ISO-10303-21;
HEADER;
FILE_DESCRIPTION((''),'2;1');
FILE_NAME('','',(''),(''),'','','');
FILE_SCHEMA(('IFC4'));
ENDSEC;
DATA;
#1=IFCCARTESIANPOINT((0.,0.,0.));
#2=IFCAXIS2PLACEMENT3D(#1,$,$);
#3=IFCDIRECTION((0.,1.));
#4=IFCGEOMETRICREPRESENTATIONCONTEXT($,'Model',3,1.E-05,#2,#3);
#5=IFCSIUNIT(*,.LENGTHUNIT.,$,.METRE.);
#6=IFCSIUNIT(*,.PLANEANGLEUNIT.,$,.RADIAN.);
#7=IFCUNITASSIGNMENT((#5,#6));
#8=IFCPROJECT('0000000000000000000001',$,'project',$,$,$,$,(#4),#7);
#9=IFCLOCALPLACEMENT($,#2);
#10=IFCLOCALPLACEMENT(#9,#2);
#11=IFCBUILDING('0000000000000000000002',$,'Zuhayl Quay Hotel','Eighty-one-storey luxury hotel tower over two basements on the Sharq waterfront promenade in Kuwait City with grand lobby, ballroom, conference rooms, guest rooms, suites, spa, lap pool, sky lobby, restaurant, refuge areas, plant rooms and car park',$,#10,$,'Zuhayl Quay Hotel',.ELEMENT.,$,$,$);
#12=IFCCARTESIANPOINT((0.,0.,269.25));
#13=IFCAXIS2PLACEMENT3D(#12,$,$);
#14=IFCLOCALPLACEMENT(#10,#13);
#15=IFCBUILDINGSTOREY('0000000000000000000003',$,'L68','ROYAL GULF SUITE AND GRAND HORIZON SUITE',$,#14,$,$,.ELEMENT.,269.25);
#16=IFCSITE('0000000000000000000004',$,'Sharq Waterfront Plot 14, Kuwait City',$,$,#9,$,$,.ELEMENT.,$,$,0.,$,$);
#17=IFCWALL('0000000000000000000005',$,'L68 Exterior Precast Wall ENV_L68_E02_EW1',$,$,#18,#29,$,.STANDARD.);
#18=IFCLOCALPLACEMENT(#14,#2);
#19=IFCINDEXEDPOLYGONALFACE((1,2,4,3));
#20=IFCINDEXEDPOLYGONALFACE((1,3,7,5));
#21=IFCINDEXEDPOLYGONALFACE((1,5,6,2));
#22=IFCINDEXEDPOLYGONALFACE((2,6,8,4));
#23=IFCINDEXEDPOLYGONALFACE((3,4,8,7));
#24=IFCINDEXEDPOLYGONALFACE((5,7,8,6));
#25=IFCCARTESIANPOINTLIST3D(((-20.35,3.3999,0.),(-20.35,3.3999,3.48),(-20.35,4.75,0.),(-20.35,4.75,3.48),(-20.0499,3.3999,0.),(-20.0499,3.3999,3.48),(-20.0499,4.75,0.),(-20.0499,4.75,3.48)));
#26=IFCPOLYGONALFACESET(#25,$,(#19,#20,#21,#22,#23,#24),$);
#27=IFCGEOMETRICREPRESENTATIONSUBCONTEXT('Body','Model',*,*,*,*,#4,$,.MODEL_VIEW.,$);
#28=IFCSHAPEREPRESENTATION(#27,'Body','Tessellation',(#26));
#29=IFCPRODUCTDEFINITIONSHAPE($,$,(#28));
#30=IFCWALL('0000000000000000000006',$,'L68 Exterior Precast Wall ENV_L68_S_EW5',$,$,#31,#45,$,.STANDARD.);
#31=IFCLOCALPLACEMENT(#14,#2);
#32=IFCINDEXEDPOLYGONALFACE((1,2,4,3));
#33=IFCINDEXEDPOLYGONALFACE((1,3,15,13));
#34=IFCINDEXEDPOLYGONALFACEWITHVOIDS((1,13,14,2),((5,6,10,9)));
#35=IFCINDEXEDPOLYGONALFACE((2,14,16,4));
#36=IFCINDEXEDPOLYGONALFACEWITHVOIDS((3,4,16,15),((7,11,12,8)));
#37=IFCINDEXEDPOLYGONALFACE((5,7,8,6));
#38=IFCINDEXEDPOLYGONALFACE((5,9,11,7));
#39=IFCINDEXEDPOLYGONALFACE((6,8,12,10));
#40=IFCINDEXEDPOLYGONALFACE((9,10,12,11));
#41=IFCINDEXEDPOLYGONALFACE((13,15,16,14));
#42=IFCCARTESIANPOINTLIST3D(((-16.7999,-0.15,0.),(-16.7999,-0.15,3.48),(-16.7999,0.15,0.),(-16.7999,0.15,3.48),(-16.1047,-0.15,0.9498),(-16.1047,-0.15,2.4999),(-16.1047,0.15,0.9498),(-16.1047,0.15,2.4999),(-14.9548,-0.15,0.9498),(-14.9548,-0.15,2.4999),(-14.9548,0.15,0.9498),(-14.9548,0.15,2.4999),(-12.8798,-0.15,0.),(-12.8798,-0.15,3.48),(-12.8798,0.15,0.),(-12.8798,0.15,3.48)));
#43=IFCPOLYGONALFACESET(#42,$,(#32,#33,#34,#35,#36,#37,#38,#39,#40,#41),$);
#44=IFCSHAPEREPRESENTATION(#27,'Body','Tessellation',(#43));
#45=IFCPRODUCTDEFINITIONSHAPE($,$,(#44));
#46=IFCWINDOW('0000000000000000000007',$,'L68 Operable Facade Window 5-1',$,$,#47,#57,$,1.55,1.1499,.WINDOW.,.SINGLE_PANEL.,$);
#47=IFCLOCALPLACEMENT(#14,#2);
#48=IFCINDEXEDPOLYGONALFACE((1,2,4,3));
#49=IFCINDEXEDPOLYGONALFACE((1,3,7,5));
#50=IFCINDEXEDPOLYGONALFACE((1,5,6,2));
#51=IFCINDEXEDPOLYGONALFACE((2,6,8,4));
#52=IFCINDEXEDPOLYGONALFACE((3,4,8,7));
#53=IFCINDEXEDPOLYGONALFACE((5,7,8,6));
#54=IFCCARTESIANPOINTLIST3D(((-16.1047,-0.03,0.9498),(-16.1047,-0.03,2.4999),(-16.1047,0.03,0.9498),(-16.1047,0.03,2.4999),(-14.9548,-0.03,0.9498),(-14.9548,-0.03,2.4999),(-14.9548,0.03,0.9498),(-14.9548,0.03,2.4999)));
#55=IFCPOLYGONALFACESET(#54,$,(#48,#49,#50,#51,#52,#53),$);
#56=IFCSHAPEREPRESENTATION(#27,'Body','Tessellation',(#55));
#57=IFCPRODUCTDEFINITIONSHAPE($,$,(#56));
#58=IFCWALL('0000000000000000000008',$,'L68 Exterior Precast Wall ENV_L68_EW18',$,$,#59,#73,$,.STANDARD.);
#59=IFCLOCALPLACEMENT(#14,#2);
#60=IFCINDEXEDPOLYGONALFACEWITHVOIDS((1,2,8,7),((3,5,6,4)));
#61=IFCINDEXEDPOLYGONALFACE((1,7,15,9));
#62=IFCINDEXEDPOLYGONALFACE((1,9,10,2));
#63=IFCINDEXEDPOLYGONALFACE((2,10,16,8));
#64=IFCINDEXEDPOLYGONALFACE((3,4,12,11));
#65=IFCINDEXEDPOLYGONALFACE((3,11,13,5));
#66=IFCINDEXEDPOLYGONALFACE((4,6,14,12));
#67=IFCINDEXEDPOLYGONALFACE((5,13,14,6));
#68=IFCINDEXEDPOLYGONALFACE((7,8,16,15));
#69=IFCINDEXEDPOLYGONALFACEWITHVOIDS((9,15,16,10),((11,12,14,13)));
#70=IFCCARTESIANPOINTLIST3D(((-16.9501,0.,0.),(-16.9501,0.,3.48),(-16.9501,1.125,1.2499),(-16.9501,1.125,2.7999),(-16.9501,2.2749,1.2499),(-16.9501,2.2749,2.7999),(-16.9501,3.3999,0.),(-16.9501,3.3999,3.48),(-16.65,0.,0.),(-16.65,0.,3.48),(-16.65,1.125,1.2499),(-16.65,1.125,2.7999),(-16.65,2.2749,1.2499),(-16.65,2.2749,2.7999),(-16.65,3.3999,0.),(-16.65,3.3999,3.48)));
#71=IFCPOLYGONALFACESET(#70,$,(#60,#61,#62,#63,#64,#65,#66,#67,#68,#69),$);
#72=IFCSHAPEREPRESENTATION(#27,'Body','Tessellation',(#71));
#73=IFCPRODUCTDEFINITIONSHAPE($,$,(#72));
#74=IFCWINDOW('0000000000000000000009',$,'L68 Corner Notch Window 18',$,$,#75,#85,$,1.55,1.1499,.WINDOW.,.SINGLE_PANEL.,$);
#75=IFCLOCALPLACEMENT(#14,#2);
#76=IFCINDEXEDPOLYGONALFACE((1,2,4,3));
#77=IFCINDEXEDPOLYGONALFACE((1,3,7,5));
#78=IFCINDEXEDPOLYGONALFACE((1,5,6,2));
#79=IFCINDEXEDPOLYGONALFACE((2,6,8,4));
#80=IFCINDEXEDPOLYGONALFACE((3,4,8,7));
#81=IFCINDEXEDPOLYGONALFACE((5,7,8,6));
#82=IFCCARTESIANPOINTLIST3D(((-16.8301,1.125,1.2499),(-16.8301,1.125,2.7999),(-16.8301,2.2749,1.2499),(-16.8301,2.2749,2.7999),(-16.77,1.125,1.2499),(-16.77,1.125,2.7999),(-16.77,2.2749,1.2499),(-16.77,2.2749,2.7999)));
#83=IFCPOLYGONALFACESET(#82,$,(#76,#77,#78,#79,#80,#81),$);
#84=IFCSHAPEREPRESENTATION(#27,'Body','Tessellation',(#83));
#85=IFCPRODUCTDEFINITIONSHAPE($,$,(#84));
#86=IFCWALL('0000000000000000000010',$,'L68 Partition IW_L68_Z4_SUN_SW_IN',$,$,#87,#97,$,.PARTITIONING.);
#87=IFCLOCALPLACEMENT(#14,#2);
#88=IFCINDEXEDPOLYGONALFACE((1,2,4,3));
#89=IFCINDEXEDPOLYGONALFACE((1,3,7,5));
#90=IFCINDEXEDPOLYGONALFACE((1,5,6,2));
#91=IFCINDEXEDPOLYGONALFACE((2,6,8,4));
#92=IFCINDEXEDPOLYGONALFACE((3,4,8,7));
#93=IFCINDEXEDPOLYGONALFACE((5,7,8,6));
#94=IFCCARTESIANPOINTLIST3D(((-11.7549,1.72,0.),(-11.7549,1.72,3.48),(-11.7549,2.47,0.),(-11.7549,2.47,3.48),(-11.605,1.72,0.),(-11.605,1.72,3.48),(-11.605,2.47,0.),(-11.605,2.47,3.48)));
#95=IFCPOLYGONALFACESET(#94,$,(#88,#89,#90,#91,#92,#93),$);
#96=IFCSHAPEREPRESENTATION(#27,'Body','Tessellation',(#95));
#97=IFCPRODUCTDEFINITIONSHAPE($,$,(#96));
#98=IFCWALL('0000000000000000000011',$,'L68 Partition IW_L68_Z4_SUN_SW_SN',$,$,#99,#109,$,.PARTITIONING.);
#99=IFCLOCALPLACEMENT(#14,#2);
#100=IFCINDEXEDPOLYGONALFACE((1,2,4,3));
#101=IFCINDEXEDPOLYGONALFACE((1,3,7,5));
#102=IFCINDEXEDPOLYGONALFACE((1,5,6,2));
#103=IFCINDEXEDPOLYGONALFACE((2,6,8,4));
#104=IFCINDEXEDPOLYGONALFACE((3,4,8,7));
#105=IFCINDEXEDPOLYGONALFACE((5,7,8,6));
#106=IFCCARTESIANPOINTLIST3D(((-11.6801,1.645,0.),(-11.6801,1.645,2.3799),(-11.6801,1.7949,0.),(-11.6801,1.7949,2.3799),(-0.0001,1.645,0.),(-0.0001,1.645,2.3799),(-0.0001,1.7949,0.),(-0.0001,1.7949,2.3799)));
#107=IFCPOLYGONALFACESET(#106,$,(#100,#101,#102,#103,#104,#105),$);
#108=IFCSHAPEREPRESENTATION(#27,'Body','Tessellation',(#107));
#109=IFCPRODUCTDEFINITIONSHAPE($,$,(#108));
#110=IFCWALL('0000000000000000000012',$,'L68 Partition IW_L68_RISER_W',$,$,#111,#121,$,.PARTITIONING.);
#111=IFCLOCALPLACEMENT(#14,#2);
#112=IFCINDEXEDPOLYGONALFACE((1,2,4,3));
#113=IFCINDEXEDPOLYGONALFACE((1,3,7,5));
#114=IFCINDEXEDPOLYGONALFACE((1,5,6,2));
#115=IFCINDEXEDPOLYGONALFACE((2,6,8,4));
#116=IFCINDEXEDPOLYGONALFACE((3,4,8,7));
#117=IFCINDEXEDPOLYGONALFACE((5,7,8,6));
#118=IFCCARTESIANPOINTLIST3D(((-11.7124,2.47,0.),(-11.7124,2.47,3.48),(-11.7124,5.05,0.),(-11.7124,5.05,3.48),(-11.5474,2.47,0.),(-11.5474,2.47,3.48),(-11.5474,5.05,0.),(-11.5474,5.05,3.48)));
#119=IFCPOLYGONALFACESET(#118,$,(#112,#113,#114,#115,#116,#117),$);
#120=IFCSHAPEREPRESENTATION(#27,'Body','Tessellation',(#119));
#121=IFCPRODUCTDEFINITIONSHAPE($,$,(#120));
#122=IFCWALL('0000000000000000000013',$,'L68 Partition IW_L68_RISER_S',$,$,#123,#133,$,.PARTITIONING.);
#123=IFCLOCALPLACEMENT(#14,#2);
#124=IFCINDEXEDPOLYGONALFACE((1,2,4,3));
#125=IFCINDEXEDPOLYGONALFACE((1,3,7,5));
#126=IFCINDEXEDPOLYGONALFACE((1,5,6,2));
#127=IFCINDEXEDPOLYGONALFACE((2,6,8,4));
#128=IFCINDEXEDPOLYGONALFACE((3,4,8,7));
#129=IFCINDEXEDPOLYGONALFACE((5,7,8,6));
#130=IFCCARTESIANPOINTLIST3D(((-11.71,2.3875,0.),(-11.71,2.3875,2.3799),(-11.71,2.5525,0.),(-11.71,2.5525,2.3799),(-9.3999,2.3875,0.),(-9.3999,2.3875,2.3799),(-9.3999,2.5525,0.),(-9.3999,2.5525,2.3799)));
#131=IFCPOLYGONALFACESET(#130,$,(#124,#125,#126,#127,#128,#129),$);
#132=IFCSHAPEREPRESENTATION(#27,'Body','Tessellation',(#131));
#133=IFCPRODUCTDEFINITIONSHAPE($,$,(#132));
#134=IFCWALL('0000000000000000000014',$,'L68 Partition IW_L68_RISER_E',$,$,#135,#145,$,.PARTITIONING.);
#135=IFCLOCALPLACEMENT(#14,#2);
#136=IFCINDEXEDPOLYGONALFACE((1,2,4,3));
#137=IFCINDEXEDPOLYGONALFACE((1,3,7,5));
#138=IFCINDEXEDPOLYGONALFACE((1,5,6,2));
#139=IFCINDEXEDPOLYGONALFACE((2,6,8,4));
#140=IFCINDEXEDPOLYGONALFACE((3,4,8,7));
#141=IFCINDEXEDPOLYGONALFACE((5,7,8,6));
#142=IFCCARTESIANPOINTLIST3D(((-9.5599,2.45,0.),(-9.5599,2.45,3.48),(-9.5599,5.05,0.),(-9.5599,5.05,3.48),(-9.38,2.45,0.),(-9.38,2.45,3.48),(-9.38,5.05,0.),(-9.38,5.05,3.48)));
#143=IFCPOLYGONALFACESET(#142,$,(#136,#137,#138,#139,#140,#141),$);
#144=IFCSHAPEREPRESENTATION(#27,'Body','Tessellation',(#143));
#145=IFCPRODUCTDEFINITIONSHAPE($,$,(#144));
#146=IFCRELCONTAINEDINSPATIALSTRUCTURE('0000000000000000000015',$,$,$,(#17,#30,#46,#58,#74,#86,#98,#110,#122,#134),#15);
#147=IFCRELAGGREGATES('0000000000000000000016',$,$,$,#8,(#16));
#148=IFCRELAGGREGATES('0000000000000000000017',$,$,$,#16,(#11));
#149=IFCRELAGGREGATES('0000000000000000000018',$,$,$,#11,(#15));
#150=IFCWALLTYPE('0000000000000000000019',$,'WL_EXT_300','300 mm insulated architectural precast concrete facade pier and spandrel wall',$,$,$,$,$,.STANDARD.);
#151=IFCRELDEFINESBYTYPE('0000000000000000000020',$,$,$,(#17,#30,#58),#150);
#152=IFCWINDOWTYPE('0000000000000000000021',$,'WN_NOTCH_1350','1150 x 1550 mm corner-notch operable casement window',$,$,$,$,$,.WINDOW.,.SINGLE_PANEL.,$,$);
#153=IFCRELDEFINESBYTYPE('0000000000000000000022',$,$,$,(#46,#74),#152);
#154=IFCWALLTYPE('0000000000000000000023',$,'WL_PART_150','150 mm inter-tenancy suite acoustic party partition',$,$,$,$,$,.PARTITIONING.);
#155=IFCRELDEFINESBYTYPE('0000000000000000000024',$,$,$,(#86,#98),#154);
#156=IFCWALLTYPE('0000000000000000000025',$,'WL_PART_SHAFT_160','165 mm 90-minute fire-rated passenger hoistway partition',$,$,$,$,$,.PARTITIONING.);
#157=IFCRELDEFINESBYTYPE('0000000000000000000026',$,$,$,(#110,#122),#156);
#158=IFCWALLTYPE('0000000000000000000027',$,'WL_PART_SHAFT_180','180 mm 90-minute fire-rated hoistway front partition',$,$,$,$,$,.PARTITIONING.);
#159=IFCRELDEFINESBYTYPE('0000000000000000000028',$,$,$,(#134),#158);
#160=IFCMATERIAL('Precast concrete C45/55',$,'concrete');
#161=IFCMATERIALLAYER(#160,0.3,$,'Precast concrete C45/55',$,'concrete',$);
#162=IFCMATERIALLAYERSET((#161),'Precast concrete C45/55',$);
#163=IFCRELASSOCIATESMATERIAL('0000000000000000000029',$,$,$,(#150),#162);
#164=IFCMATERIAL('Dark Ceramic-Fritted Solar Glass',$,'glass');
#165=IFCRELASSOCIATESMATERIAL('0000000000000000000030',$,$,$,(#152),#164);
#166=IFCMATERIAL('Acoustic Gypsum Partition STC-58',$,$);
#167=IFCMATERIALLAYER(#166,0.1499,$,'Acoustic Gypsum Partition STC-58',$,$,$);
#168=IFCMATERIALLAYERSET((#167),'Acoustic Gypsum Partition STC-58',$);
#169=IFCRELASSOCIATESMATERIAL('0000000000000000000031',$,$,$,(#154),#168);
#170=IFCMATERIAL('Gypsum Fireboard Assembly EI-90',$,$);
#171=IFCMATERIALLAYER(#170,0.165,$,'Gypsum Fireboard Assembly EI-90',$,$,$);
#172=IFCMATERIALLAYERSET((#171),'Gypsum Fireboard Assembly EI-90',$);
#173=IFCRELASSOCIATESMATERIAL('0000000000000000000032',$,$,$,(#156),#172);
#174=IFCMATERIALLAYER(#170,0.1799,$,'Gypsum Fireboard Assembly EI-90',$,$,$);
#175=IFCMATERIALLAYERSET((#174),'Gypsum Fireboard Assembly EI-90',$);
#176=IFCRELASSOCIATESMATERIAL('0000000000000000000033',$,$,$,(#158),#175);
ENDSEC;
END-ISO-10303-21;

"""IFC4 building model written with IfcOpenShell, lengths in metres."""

from ifc_helpers import new_model, si_unit, direction, frame, frame_2d, origin, place, context, subcontext, project, spatial, rectangle, extrude, material, layer, layer_set, type_object, element, fill, save


model = new_model("IFC4")

# Units and contexts
model_context = context("Model", 3, precision=1e-05, world=origin(), true_north=direction((0.0, 1.0)))
body_context = subcontext(model_context, "Body", "Model", "MODEL_VIEW")
ifc_project = project(units=[si_unit("LENGTHUNIT", "METRE"), si_unit("PLANEANGLEUNIT", "RADIAN")], contexts=[model_context])

# Site, building, storey
site_placement = place(None, origin())
site = spatial("IfcSite", under=ifc_project, at=site_placement, Name="Sharq Waterfront Plot 14, Kuwait City", CompositionType="ELEMENT", RefElevation=0.0)
building_placement = place(site_placement, origin())
building = spatial("IfcBuilding", under=site, at=building_placement, Name="Zuhayl Quay Hotel", Description="Eighty-one-storey luxury hotel tower over two basements on the Sharq waterfront promenade in Kuwait City with grand lobby, ballroom, conference rooms, guest rooms, suites, spa, lap pool, sky lobby, restaurant, refuge areas, plant rooms and car park", LongName="Zuhayl Quay Hotel", CompositionType="ELEMENT")
storey_placement = place(building_placement, frame((0.0, 0.0, 269.25)))
storey = spatial("IfcBuildingStorey", under=building, at=storey_placement, Name="L68", Description="ROYAL GULF SUITE AND GRAND HORIZON SUITE", CompositionType="ELEMENT", Elevation=269.25)

# Shared definitions
ifc_material_1 = material(Name="Dark Ceramic-Fritted Solar Glass", Category="glass")

# Shared definitions
ifc_material_2 = material(Name="Precast concrete C45/55", Category="concrete")
ifc_layer_1 = layer(ifc_material_2, 0.3, Name="Precast concrete C45/55", Category="concrete")
ifc_layer_set_1 = layer_set([ifc_layer_1], Name="Precast concrete C45/55")
wall_type_1 = type_object("IfcWallType", Name="WL_EXT_300", Description="300 mm insulated architectural precast concrete facade pier and spandrel wall", PredefinedType="STANDARD", material=ifc_layer_set_1)
window_type = type_object("IfcWindowType", Name="WN_NOTCH_1350", Description="1150 x 1550 mm corner-notch operable casement window", PartitioningType="SINGLE_PANEL", PredefinedType="WINDOW", material=ifc_material_1)

# Wall
wall_1_placement = place(storey_placement, frame((-20.2, 3.3999, 0.0), z_axis=(0.0, 0.0, 1.0), x_axis=(0.0, 1.0, 0.0)))
element("IfcWall", 1, at=wall_1_placement, inside=storey, type_object=wall_type_1, Name="L68 Exterior Precast Wall ENV_L68_E02_EW1", PredefinedType="STANDARD", context=body_context, shape_type="SweptSolid", body=[
    extrude(rectangle(XDim=1.3501, YDim=0.3, at=frame_2d((0.675, 0.0))), origin(), (0.0, 0.0, 1.0), 3.48),
])

# Walls, openings, windows
wall_2_placement = place(storey_placement, frame((-12.8799, 0.0, 0.0), z_axis=(0.0, 0.0, 1.0), x_axis=(-1.0, 0.0, 0.0)))
wall_2 = element("IfcWall", 2, at=wall_2_placement, inside=storey, type_object=wall_type_1, Name="L68 Exterior Precast Wall ENV_L68_S_EW5", PredefinedType="STANDARD", context=body_context, shape_type="SweptSolid", body=[
    extrude(rectangle(XDim=3.9202, YDim=0.3, at=frame_2d((1.96, 0.0))), origin(), (0.0, 0.0, 1.0), 3.48),
])
opening_1_placement = place(wall_2_placement, frame((2.075, 0.0, 0.95)))
opening_1 = element("IfcOpeningElement", 3, at=opening_1_placement, cuts=wall_2, PredefinedType="OPENING", context=body_context, shape_type="SweptSolid", body=[
    extrude(rectangle(XDim=1.1499, YDim=1.55, at=frame_2d((0.575, 0.7749))), frame((0.0, 0.1599, 0.0), z_axis=(0.0, -1.0, 0.0), x_axis=(1.0, 0.0, 0.0)), (0.0, 0.0, 1.0), 0.3201),
])
window_1_placement = place(opening_1_placement, origin())
window_1 = element("IfcWindow", 4, at=window_1_placement, inside=storey, type_object=window_type, Name="L68 Operable Facade Window 5-1", OverallHeight=1.55, OverallWidth=1.1499, PartitioningType="SINGLE_PANEL", PredefinedType="WINDOW", context=body_context, shape_type="SweptSolid", body=[
    extrude(rectangle(XDim=1.1499, YDim=1.55, at=frame_2d((0.575, 0.7749))), frame((0.0, 0.03, 0.0), z_axis=(0.0, -1.0, 0.0), x_axis=(1.0, 0.0, 0.0)), (0.0, 0.0, 1.0), 0.0601),
])
fill(opening_1, window_1)
wall_3_placement = place(storey_placement, frame((-16.8, 0.0, 0.0), z_axis=(0.0, 0.0, 1.0), x_axis=(0.0, 1.0, 0.0)))
wall_3 = element("IfcWall", 5, at=wall_3_placement, inside=storey, type_object=wall_type_1, Name="L68 Exterior Precast Wall ENV_L68_EW18", PredefinedType="STANDARD", context=body_context, shape_type="SweptSolid", body=[
    extrude(rectangle(XDim=3.3999, YDim=0.3, at=frame_2d((1.7, 0.0))), origin(), (0.0, 0.0, 1.0), 3.48),
])
opening_2_placement = place(wall_3_placement, frame((1.125, 0.0, 1.25)))
opening_2 = element("IfcOpeningElement", 6, at=opening_2_placement, cuts=wall_3, PredefinedType="OPENING", context=body_context, shape_type="SweptSolid", body=[
    extrude(rectangle(XDim=1.1499, YDim=1.55, at=frame_2d((0.575, 0.7749))), frame((0.0, 0.1599, 0.0), z_axis=(0.0, -1.0, 0.0), x_axis=(1.0, 0.0, 0.0)), (0.0, 0.0, 1.0), 0.3201),
])
window_2_placement = place(opening_2_placement, origin())
window_2 = element("IfcWindow", 7, at=window_2_placement, inside=storey, type_object=window_type, Name="L68 Corner Notch Window 18", OverallHeight=1.55, OverallWidth=1.1499, PartitioningType="SINGLE_PANEL", PredefinedType="WINDOW", context=body_context, shape_type="SweptSolid", body=[
    extrude(rectangle(XDim=1.1499, YDim=1.55, at=frame_2d((0.575, 0.7749))), frame((0.0, 0.03, 0.0), z_axis=(0.0, -1.0, 0.0), x_axis=(1.0, 0.0, 0.0)), (0.0, 0.0, 1.0), 0.0601),
])
fill(opening_2, window_2)

# Walls
ifc_material_3 = material(Name="Acoustic Gypsum Partition STC-58")
ifc_layer_2 = layer(ifc_material_3, 0.1499, Name="Acoustic Gypsum Partition STC-58")
ifc_layer_set_2 = layer_set([ifc_layer_2], Name="Acoustic Gypsum Partition STC-58")
wall_type_2 = type_object("IfcWallType", Name="WL_PART_150", Description="150 mm inter-tenancy suite acoustic party partition", PredefinedType="PARTITIONING", material=ifc_layer_set_2)
wall_4_placement = place(storey_placement, frame((-11.6799, 1.72, 0.0), z_axis=(0.0, 0.0, 1.0), x_axis=(0.0, 1.0, 0.0)))
element("IfcWall", 8, at=wall_4_placement, inside=storey, type_object=wall_type_2, Name="L68 Partition IW_L68_Z4_SUN_SW_IN", PredefinedType="PARTITIONING", context=body_context, shape_type="SweptSolid", body=[
    extrude(rectangle(XDim=0.75, YDim=0.1499, at=frame_2d((0.375, 0.0))), origin(), (0.0, 0.0, 1.0), 3.48),
])
wall_5_placement = place(storey_placement, frame((-11.6799, 1.72, 0.0), z_axis=(0.0, 0.0, 1.0), x_axis=(1.0, 0.0, 0.0)))
element("IfcWall", 9, at=wall_5_placement, inside=storey, type_object=wall_type_2, Name="L68 Partition IW_L68_Z4_SUN_SW_SN", PredefinedType="PARTITIONING", context=body_context, shape_type="SweptSolid", body=[
    extrude(rectangle(XDim=11.6799, YDim=0.1499, at=frame_2d((5.8398, 0.0))), origin(), (0.0, 0.0, 1.0), 2.3799),
])

# Walls
ifc_material_4 = material(Name="Gypsum Fireboard Assembly EI-90")
ifc_layer_3 = layer(ifc_material_4, 0.165, Name="Gypsum Fireboard Assembly EI-90")
ifc_layer_set_3 = layer_set([ifc_layer_3], Name="Gypsum Fireboard Assembly EI-90")
wall_type_3 = type_object("IfcWallType", Name="WL_PART_SHAFT_160", Description="165 mm 90-minute fire-rated passenger hoistway partition", PredefinedType="PARTITIONING", material=ifc_layer_set_3)
wall_6_placement = place(storey_placement, frame((-11.6299, 2.47, 0.0), z_axis=(0.0, 0.0, 1.0), x_axis=(0.0, 1.0, 0.0)))
element("IfcWall", 10, at=wall_6_placement, inside=storey, type_object=wall_type_3, Name="L68 Partition IW_L68_RISER_W", PredefinedType="PARTITIONING", context=body_context, shape_type="SweptSolid", body=[
    extrude(rectangle(XDim=2.5801, YDim=0.165, at=frame_2d((1.29, 0.0))), origin(), (0.0, 0.0, 1.0), 3.48),
])
wall_7_placement = place(storey_placement, frame((-11.71, 2.47, 0.0), z_axis=(0.0, 0.0, 1.0), x_axis=(1.0, 0.0, 0.0)))
element("IfcWall", 11, at=wall_7_placement, inside=storey, type_object=wall_type_3, Name="L68 Partition IW_L68_RISER_S", PredefinedType="PARTITIONING", context=body_context, shape_type="SweptSolid", body=[
    extrude(rectangle(XDim=2.3101, YDim=0.165, at=frame_2d((1.155, 0.0))), origin(), (0.0, 0.0, 1.0), 2.3799),
])
ifc_layer_4 = layer(ifc_material_4, 0.1799, Name="Gypsum Fireboard Assembly EI-90")
ifc_layer_set_4 = layer_set([ifc_layer_4], Name="Gypsum Fireboard Assembly EI-90")
wall_type_4 = type_object("IfcWallType", Name="WL_PART_SHAFT_180", Description="180 mm 90-minute fire-rated hoistway front partition", PredefinedType="PARTITIONING", material=ifc_layer_set_4)
wall_8_placement = place(storey_placement, frame((-9.47, 2.45, 0.0), z_axis=(0.0, 0.0, 1.0), x_axis=(0.0, 1.0, 0.0)))
element("IfcWall", 12, at=wall_8_placement, inside=storey, type_object=wall_type_4, Name="L68 Partition IW_L68_RISER_E", PredefinedType="PARTITIONING", context=body_context, shape_type="SweptSolid", body=[
    extrude(rectangle(XDim=2.6001, YDim=0.1799, at=frame_2d((1.3, 0.0))), origin(), (0.0, 0.0, 1.0), 3.48),
])

save(model, "model.ifc")
